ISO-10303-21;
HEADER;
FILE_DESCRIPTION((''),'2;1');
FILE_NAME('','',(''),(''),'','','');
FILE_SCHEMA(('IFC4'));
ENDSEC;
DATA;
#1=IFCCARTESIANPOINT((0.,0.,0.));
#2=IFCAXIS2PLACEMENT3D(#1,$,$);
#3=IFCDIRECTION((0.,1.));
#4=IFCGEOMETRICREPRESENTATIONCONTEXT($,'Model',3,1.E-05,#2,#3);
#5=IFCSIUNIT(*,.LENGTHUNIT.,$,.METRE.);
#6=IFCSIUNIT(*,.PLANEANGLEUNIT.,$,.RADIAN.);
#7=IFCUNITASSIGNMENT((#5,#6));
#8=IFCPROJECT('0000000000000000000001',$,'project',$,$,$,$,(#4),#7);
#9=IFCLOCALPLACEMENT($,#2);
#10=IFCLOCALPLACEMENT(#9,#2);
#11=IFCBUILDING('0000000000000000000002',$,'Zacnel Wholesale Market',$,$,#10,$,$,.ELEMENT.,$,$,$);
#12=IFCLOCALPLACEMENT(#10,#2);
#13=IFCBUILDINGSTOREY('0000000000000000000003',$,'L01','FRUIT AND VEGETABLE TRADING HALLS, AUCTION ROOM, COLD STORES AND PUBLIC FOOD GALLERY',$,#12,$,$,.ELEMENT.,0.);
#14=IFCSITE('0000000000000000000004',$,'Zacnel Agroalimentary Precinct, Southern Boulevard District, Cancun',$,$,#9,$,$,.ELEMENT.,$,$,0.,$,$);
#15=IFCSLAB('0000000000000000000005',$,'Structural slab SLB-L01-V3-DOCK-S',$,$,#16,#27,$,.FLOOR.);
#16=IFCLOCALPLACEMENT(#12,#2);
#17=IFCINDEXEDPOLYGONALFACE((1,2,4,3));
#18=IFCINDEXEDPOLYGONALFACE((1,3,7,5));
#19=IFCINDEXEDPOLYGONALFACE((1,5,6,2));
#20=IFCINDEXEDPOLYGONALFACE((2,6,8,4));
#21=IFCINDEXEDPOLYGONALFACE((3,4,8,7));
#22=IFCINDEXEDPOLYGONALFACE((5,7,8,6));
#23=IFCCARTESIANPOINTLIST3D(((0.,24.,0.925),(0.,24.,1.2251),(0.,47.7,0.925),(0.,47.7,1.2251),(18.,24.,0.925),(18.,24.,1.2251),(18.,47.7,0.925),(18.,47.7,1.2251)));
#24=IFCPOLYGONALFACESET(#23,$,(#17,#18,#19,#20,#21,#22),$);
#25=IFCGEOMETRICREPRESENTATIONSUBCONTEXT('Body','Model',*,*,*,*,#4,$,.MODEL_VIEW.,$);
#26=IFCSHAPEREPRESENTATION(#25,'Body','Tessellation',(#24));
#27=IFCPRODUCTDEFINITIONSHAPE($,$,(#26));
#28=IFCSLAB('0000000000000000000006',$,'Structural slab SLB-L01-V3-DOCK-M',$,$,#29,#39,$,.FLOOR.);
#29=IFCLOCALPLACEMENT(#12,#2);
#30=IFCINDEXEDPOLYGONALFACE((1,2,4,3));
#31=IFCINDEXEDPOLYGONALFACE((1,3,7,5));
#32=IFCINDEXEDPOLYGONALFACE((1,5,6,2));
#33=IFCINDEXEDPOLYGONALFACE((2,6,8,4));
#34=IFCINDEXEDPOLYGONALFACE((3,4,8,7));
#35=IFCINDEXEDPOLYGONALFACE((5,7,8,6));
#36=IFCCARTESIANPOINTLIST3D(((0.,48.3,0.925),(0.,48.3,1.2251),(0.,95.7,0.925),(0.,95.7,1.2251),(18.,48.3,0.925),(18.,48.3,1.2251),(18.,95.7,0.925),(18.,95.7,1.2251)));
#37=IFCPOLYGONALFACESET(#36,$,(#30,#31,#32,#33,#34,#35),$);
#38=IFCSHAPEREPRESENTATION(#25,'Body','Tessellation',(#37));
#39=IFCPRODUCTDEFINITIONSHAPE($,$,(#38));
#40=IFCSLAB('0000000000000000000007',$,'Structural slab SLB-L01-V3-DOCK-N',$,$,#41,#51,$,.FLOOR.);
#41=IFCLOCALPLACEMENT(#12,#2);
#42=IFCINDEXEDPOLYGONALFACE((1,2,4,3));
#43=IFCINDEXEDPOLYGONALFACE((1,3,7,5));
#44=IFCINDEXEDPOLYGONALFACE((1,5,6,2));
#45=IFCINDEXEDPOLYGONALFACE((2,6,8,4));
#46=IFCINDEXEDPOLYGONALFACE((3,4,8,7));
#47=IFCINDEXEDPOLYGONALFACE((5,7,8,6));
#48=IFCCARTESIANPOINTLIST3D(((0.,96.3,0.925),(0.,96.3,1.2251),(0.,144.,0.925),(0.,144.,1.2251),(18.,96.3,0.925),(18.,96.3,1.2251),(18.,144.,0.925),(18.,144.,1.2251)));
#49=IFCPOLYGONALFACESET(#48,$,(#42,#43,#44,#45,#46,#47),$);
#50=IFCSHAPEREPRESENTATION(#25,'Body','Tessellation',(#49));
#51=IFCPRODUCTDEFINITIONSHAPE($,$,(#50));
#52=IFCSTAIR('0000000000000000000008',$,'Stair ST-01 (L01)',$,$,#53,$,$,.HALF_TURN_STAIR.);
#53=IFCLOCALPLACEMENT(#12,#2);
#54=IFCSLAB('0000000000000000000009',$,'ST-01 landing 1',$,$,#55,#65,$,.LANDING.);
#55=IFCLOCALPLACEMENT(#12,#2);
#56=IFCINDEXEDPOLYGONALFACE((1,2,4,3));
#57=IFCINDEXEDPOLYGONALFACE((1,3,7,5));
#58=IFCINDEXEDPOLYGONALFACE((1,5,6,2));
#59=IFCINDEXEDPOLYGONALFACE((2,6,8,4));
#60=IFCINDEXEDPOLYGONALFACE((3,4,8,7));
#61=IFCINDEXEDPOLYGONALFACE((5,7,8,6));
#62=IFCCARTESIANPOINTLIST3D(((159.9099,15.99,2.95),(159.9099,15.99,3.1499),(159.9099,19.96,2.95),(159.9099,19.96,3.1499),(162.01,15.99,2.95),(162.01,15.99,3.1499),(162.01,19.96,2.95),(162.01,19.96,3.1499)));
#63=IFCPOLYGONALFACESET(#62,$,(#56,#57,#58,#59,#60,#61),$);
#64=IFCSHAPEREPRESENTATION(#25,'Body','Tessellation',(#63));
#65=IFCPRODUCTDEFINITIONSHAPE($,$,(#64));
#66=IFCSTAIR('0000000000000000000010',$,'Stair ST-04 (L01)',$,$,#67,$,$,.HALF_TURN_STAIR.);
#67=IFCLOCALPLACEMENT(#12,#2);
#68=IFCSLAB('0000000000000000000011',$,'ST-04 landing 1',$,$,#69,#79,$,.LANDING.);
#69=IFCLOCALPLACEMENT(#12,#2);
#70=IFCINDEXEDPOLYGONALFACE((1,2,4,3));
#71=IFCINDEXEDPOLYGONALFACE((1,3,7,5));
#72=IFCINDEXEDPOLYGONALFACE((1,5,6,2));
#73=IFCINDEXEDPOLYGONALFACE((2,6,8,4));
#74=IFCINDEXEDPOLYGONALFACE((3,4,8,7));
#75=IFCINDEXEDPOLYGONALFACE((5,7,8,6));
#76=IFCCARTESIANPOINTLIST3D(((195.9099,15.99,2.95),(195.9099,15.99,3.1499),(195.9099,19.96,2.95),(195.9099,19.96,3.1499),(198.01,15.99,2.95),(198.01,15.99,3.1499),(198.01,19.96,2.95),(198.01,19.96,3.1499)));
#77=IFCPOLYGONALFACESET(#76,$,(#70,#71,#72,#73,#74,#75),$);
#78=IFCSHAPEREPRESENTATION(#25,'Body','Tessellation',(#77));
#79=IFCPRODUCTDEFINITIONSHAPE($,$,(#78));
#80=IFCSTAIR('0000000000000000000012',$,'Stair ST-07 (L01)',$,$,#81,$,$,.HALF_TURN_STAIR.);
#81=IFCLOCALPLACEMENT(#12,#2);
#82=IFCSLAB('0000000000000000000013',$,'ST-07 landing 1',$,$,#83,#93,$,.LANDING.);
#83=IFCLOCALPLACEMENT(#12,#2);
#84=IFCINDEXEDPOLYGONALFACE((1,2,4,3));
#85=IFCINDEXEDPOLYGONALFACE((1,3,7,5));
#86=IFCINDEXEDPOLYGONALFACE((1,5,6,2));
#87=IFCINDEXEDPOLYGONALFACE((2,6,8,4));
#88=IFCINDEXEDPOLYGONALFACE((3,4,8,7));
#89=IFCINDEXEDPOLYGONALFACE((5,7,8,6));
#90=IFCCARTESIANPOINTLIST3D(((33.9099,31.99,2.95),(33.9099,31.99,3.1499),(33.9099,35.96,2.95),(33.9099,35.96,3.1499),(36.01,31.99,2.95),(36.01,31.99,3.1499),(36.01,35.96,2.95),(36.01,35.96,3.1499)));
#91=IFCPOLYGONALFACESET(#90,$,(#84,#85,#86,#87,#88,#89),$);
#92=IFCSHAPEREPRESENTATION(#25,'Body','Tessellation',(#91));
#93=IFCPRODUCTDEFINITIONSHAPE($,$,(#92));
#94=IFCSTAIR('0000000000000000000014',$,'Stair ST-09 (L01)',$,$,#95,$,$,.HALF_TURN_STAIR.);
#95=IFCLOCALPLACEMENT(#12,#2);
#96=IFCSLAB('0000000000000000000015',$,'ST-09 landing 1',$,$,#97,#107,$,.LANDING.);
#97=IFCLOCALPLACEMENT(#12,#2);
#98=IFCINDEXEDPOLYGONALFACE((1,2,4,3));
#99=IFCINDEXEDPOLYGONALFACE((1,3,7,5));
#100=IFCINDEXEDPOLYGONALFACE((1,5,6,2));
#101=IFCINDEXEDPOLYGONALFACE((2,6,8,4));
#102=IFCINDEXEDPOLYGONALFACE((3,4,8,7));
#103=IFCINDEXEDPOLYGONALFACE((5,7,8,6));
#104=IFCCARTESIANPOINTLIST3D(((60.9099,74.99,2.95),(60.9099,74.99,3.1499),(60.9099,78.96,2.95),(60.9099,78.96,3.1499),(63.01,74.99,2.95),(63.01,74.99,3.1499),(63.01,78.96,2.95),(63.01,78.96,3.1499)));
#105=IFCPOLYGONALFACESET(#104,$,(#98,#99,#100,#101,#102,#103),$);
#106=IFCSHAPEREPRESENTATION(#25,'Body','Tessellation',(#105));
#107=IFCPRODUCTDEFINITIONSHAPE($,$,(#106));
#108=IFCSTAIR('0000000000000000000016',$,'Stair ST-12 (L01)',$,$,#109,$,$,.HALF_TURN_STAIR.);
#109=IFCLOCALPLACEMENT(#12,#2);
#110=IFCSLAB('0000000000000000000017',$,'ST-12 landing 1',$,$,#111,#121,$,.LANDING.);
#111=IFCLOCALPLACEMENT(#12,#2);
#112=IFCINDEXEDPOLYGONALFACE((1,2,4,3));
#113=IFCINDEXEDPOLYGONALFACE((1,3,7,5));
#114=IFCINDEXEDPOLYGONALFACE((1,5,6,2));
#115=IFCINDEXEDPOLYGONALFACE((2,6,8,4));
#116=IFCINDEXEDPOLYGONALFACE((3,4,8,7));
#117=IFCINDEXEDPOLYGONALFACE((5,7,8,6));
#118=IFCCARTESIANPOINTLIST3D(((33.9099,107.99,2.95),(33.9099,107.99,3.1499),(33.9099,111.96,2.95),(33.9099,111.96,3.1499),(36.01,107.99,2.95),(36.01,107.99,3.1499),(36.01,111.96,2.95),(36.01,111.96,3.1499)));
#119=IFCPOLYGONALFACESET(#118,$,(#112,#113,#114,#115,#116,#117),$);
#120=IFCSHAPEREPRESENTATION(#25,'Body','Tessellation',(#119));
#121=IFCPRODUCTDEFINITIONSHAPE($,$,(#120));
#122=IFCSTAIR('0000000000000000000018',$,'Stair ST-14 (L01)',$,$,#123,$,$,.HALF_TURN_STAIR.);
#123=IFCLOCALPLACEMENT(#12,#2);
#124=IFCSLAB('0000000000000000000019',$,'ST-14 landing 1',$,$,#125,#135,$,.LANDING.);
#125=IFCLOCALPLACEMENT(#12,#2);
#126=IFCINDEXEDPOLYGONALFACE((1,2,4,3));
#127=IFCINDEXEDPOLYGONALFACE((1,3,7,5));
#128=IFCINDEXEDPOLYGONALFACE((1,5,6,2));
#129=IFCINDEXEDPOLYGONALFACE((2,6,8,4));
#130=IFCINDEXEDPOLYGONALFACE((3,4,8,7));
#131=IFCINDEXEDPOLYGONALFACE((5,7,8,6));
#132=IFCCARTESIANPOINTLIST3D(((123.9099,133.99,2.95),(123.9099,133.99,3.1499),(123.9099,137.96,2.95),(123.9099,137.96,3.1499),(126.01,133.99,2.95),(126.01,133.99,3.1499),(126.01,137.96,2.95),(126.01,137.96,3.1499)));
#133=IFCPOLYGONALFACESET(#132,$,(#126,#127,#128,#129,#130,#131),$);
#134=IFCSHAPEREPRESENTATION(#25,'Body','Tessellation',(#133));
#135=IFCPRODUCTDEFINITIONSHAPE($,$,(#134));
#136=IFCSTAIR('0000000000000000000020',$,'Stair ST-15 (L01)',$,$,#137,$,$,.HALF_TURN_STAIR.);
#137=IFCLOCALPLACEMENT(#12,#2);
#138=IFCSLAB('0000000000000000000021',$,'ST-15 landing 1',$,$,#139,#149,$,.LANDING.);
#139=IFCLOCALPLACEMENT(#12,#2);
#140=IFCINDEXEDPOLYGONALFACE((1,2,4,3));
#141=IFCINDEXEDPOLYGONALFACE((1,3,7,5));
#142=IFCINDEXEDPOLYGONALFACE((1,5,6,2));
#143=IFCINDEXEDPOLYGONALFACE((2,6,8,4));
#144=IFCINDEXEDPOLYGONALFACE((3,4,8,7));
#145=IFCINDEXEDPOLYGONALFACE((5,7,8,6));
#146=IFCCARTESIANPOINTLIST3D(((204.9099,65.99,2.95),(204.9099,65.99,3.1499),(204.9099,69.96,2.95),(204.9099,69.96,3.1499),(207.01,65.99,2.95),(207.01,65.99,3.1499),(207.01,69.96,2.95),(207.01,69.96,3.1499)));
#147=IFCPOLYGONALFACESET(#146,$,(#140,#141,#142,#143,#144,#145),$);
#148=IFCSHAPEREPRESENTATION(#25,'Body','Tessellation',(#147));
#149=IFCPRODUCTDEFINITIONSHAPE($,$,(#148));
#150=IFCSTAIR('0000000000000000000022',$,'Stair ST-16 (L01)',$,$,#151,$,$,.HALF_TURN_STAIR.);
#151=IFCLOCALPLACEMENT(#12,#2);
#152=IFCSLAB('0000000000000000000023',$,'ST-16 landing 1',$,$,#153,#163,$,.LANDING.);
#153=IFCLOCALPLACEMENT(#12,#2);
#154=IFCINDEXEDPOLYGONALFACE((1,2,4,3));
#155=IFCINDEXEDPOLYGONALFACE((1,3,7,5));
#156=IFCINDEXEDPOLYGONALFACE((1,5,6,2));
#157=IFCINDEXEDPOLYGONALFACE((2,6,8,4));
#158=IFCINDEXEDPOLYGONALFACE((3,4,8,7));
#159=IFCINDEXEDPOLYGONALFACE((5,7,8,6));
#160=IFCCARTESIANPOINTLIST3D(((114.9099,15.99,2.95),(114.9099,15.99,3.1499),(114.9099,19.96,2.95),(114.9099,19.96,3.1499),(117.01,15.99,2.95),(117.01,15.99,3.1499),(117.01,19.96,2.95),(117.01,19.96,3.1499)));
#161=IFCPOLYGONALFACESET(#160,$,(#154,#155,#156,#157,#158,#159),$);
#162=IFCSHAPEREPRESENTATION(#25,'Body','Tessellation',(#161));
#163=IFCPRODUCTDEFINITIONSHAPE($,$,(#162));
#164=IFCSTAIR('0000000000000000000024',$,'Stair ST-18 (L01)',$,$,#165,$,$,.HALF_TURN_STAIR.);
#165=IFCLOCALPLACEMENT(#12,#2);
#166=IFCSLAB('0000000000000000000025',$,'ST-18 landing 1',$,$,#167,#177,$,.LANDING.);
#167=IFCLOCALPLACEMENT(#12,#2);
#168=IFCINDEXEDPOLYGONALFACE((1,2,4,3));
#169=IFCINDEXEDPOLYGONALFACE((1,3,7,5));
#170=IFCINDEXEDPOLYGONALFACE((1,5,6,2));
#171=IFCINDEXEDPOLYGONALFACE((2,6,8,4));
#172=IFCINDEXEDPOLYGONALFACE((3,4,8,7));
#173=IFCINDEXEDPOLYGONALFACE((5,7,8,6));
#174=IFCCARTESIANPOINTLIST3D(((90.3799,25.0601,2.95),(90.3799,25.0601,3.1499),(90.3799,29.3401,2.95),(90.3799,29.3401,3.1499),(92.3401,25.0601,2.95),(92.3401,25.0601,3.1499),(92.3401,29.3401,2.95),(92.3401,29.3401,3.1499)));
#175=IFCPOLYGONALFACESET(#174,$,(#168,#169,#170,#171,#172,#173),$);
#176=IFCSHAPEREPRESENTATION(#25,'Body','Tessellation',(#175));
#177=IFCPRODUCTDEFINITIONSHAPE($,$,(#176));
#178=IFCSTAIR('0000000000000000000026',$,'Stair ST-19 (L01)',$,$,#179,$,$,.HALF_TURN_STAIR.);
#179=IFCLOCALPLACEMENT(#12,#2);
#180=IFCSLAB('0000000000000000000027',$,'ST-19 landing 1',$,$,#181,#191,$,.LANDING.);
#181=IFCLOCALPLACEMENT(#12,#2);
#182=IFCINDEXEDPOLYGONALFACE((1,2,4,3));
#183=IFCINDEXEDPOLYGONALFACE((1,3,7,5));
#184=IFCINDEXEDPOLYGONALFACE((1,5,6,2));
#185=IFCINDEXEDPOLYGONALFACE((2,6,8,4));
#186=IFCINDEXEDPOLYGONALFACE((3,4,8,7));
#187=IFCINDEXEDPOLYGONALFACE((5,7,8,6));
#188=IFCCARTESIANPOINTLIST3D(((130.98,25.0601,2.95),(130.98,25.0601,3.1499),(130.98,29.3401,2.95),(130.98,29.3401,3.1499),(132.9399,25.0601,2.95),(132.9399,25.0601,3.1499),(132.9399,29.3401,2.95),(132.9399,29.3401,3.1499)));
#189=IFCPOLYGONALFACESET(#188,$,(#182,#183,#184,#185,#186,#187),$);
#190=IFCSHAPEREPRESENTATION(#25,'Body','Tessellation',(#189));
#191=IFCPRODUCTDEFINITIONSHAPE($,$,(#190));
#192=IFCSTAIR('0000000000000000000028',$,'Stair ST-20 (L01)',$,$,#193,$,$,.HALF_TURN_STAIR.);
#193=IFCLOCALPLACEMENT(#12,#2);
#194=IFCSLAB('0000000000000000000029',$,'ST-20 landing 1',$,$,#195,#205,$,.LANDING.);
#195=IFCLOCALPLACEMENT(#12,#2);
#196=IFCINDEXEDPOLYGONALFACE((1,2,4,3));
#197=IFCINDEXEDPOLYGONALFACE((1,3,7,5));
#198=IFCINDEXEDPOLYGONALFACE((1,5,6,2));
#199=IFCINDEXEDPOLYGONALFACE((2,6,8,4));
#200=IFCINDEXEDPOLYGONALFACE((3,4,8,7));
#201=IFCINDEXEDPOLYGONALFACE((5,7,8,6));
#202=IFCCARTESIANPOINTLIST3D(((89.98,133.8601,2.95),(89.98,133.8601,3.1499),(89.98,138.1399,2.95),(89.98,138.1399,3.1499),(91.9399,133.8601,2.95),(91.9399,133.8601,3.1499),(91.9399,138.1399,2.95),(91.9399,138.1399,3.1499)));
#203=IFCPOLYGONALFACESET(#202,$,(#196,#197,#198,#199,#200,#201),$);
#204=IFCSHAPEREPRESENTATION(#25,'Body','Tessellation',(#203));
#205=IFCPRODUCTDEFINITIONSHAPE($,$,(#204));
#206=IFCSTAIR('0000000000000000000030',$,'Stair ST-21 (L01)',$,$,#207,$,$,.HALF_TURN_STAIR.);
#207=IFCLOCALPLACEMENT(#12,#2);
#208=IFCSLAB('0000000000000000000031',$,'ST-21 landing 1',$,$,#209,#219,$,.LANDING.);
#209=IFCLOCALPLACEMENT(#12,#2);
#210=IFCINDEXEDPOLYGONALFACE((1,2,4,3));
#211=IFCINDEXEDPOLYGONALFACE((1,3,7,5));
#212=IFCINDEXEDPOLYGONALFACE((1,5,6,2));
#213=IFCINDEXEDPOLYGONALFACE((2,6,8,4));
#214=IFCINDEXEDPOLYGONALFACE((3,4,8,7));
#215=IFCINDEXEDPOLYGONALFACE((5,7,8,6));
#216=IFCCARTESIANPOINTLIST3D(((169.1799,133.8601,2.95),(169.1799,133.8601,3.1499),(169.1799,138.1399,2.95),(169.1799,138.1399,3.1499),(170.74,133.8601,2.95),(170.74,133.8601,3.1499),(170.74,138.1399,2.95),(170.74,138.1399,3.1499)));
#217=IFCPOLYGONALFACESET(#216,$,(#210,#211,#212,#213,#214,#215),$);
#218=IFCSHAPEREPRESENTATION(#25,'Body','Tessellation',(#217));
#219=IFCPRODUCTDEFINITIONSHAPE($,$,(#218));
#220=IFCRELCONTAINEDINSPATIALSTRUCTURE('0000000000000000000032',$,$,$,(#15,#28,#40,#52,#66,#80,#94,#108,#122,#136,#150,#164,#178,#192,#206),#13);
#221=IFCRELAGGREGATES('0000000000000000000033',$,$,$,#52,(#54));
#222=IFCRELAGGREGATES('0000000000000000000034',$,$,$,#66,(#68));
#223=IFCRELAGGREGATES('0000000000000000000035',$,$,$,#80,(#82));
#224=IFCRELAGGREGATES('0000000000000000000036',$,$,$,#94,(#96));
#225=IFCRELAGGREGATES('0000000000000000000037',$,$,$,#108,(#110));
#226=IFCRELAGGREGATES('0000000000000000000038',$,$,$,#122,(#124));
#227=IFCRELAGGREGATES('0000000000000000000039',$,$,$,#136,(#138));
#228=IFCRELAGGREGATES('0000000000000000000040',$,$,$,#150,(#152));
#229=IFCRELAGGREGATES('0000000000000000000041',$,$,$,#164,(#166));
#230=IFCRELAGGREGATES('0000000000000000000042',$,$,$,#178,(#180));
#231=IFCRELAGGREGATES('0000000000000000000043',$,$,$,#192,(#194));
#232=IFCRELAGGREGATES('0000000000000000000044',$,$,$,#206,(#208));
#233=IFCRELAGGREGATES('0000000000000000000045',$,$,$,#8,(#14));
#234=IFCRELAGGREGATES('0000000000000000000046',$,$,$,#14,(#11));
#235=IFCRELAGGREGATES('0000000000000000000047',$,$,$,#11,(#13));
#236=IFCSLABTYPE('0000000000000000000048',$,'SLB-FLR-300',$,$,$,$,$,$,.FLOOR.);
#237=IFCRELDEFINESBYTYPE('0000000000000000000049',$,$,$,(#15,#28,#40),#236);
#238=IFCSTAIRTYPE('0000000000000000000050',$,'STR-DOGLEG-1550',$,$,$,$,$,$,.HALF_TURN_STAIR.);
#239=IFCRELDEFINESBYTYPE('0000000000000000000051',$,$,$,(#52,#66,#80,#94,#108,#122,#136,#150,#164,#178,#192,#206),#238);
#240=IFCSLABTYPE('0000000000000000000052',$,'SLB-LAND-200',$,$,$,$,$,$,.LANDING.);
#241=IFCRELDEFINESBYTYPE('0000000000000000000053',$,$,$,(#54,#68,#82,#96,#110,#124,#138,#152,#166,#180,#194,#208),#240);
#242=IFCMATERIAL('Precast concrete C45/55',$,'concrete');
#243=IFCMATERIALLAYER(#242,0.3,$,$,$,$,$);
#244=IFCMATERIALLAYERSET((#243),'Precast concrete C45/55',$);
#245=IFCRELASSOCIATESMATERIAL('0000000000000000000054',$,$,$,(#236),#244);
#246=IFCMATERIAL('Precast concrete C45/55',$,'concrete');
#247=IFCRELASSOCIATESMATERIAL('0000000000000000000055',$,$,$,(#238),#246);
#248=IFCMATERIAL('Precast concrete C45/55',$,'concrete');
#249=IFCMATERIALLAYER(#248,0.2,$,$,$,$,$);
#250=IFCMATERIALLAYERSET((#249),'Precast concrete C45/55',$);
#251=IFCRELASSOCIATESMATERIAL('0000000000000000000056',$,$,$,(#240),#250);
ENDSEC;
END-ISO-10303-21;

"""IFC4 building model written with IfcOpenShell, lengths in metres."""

from ifc_helpers import new_model, si_unit, direction, frame, origin, place, context, subcontext, project, spatial, polyline, outline, extrude, material, layer, layer_set, type_object, element, aggregate, save


model = new_model("IFC4")

# Units and contexts
model_context = context("Model", 3, precision=1e-05, world=origin(), true_north=direction((0.0, 1.0)))
body_context = subcontext(model_context, "Body", "Model", "MODEL_VIEW")
ifc_project = project(units=[si_unit("LENGTHUNIT", "METRE"), si_unit("PLANEANGLEUNIT", "RADIAN")], contexts=[model_context])

# Site, building, storey
site_placement = place(None, origin())
site = spatial("IfcSite", under=ifc_project, at=site_placement, Name="Zacnel Agroalimentary Precinct, Southern Boulevard District, Cancun", CompositionType="ELEMENT", RefElevation=0.0)
building_placement = place(site_placement, origin())
building = spatial("IfcBuilding", under=site, at=building_placement, Name="Zacnel Wholesale Market", CompositionType="ELEMENT")
storey_placement = place(building_placement, origin())
storey = spatial("IfcBuildingStorey", under=building, at=storey_placement, Name="L01", Description="FRUIT AND VEGETABLE TRADING HALLS, AUCTION ROOM, COLD STORES AND PUBLIC FOOD GALLERY", CompositionType="ELEMENT", Elevation=0.0)

# Slabs
ifc_material_1 = material(Name="Precast concrete C45/55", Category="concrete")
ifc_layer_1 = layer(ifc_material_1, 0.3)
ifc_layer_set_1 = layer_set([ifc_layer_1], Name="Precast concrete C45/55")
slab_type_1 = type_object("IfcSlabType", Name="SLB-FLR-300", PredefinedType="FLOOR", material=ifc_layer_set_1)
slab_1_placement = place(storey_placement, frame((0.0, 0.0, 0.925)))
element("IfcSlab", 1, at=slab_1_placement, inside=storey, type_object=slab_type_1, Name="Structural slab SLB-L01-V3-DOCK-S", PredefinedType="FLOOR", context=body_context, shape_type="SweptSolid", body=[
    extrude(outline(polyline([(18.0, 24.0), (18.0, 47.7), (0.0, 47.7), (0.0, 24.0), (18.0, 24.0)])), origin(), (0.0, 0.0, 1.0), 0.3),
])
slab_2_placement = place(storey_placement, frame((0.0, 0.0, 0.925)))
element("IfcSlab", 2, at=slab_2_placement, inside=storey, type_object=slab_type_1, Name="Structural slab SLB-L01-V3-DOCK-M", PredefinedType="FLOOR", context=body_context, shape_type="SweptSolid", body=[
    extrude(outline(polyline([(18.0, 48.3), (18.0, 95.7), (0.0, 95.7), (0.0, 48.3), (18.0, 48.3)])), origin(), (0.0, 0.0, 1.0), 0.3),
])
slab_3_placement = place(storey_placement, frame((0.0, 0.0, 0.925)))
element("IfcSlab", 3, at=slab_3_placement, inside=storey, type_object=slab_type_1, Name="Structural slab SLB-L01-V3-DOCK-N", PredefinedType="FLOOR", context=body_context, shape_type="SweptSolid", body=[
    extrude(outline(polyline([(18.0, 96.3), (18.0, 144.0), (0.0, 144.0), (0.0, 96.3), (18.0, 96.3)])), origin(), (0.0, 0.0, 1.0), 0.3),
])

# Stairs, slabs
ifc_material_2 = material(Name="Precast concrete C45/55", Category="concrete")
stair_type = type_object("IfcStairType", Name="STR-DOGLEG-1550", PredefinedType="HALF_TURN_STAIR", material=ifc_material_2)
stair_1_placement = place(storey_placement, origin())
stair_1 = element("IfcStair", 4, at=stair_1_placement, inside=storey, type_object=stair_type, Name="Stair ST-01 (L01)", PredefinedType="HALF_TURN_STAIR")
ifc_material_3 = material(Name="Precast concrete C45/55", Category="concrete")
ifc_layer_2 = layer(ifc_material_3, 0.2)
ifc_layer_set_2 = layer_set([ifc_layer_2], Name="Precast concrete C45/55")
slab_type_2 = type_object("IfcSlabType", Name="SLB-LAND-200", PredefinedType="LANDING", material=ifc_layer_set_2)
slab_4_placement = place(storey_placement, frame((0.0, 0.0, 2.95)))
slab_4 = element("IfcSlab", 5, at=slab_4_placement, type_object=slab_type_2, Name="ST-01 landing 1", PredefinedType="LANDING", context=body_context, shape_type="SweptSolid", body=[
    extrude(outline(polyline([(159.9099, 15.99), (162.01, 15.99), (162.01, 19.96), (159.9099, 19.96), (159.9099, 15.99)])), origin(), (0.0, 0.0, 1.0), 0.2),
])
aggregate(stair_1, [slab_4])
stair_2_placement = place(storey_placement, origin())
stair_2 = element("IfcStair", 6, at=stair_2_placement, inside=storey, type_object=stair_type, Name="Stair ST-04 (L01)", PredefinedType="HALF_TURN_STAIR")
slab_5_placement = place(storey_placement, frame((0.0, 0.0, 2.95)))
slab_5 = element("IfcSlab", 7, at=slab_5_placement, type_object=slab_type_2, Name="ST-04 landing 1", PredefinedType="LANDING", context=body_context, shape_type="SweptSolid", body=[
    extrude(outline(polyline([(195.9099, 15.99), (198.01, 15.99), (198.01, 19.96), (195.9099, 19.96), (195.9099, 15.99)])), origin(), (0.0, 0.0, 1.0), 0.2),
])
aggregate(stair_2, [slab_5])
stair_3_placement = place(storey_placement, origin())
stair_3 = element("IfcStair", 8, at=stair_3_placement, inside=storey, type_object=stair_type, Name="Stair ST-07 (L01)", PredefinedType="HALF_TURN_STAIR")
slab_6_placement = place(storey_placement, frame((0.0, 0.0, 2.95)))
slab_6 = element("IfcSlab", 9, at=slab_6_placement, type_object=slab_type_2, Name="ST-07 landing 1", PredefinedType="LANDING", context=body_context, shape_type="SweptSolid", body=[
    extrude(outline(polyline([(33.9099, 31.99), (36.01, 31.99), (36.01, 35.96), (33.9099, 35.96), (33.9099, 31.99)])), origin(), (0.0, 0.0, 1.0), 0.2),
])
aggregate(stair_3, [slab_6])
stair_4_placement = place(storey_placement, origin())
stair_4 = element("IfcStair", 10, at=stair_4_placement, inside=storey, type_object=stair_type, Name="Stair ST-09 (L01)", PredefinedType="HALF_TURN_STAIR")
slab_7_placement = place(storey_placement, frame((0.0, 0.0, 2.95)))
slab_7 = element("IfcSlab", 11, at=slab_7_placement, type_object=slab_type_2, Name="ST-09 landing 1", PredefinedType="LANDING", context=body_context, shape_type="SweptSolid", body=[
    extrude(outline(polyline([(60.9099, 74.99), (63.01, 74.99), (63.01, 78.96), (60.9099, 78.96), (60.9099, 74.99)])), origin(), (0.0, 0.0, 1.0), 0.2),
])
aggregate(stair_4, [slab_7])
stair_5_placement = place(storey_placement, origin())
stair_5 = element("IfcStair", 12, at=stair_5_placement, inside=storey, type_object=stair_type, Name="Stair ST-12 (L01)", PredefinedType="HALF_TURN_STAIR")
slab_8_placement = place(storey_placement, frame((0.0, 0.0, 2.95)))
slab_8 = element("IfcSlab", 13, at=slab_8_placement, type_object=slab_type_2, Name="ST-12 landing 1", PredefinedType="LANDING", context=body_context, shape_type="SweptSolid", body=[
    extrude(outline(polyline([(33.9099, 107.99), (36.01, 107.99), (36.01, 111.96), (33.9099, 111.96), (33.9099, 107.99)])), origin(), (0.0, 0.0, 1.0), 0.2),
])
aggregate(stair_5, [slab_8])
stair_6_placement = place(storey_placement, origin())
stair_6 = element("IfcStair", 14, at=stair_6_placement, inside=storey, type_object=stair_type, Name="Stair ST-14 (L01)", PredefinedType="HALF_TURN_STAIR")
slab_9_placement = place(storey_placement, frame((0.0, 0.0, 2.95)))
slab_9 = element("IfcSlab", 15, at=slab_9_placement, type_object=slab_type_2, Name="ST-14 landing 1", PredefinedType="LANDING", context=body_context, shape_type="SweptSolid", body=[
    extrude(outline(polyline([(123.9099, 133.99), (126.01, 133.99), (126.01, 137.96), (123.9099, 137.96), (123.9099, 133.99)])), origin(), (0.0, 0.0, 1.0), 0.2),
])
aggregate(stair_6, [slab_9])
stair_7_placement = place(storey_placement, origin())
stair_7 = element("IfcStair", 16, at=stair_7_placement, inside=storey, type_object=stair_type, Name="Stair ST-15 (L01)", PredefinedType="HALF_TURN_STAIR")
slab_10_placement = place(storey_placement, frame((0.0, 0.0, 2.95)))
slab_10 = element("IfcSlab", 17, at=slab_10_placement, type_object=slab_type_2, Name="ST-15 landing 1", PredefinedType="LANDING", context=body_context, shape_type="SweptSolid", body=[
    extrude(outline(polyline([(204.9099, 65.99), (207.01, 65.99), (207.01, 69.96), (204.9099, 69.96), (204.9099, 65.99)])), origin(), (0.0, 0.0, 1.0), 0.2),
])
aggregate(stair_7, [slab_10])
stair_8_placement = place(storey_placement, origin())
stair_8 = element("IfcStair", 18, at=stair_8_placement, inside=storey, type_object=stair_type, Name="Stair ST-16 (L01)", PredefinedType="HALF_TURN_STAIR")
slab_11_placement = place(storey_placement, frame((0.0, 0.0, 2.95)))
slab_11 = element("IfcSlab", 19, at=slab_11_placement, type_object=slab_type_2, Name="ST-16 landing 1", PredefinedType="LANDING", context=body_context, shape_type="SweptSolid", body=[
    extrude(outline(polyline([(114.9099, 15.99), (117.01, 15.99), (117.01, 19.96), (114.9099, 19.96), (114.9099, 15.99)])), origin(), (0.0, 0.0, 1.0), 0.2),
])
aggregate(stair_8, [slab_11])
stair_9_placement = place(storey_placement, origin())
stair_9 = element("IfcStair", 20, at=stair_9_placement, inside=storey, type_object=stair_type, Name="Stair ST-18 (L01)", PredefinedType="HALF_TURN_STAIR")
slab_12_placement = place(storey_placement, frame((0.0, 0.0, 2.95)))
slab_12 = element("IfcSlab", 21, at=slab_12_placement, type_object=slab_type_2, Name="ST-18 landing 1", PredefinedType="LANDING", context=body_context, shape_type="SweptSolid", body=[
    extrude(outline(polyline([(90.3799, 25.0601), (92.3401, 25.0601), (92.3401, 29.3401), (90.3799, 29.3401), (90.3799, 25.0601)])), origin(), (0.0, 0.0, 1.0), 0.2),
])
aggregate(stair_9, [slab_12])
stair_10_placement = place(storey_placement, origin())
stair_10 = element("IfcStair", 22, at=stair_10_placement, inside=storey, type_object=stair_type, Name="Stair ST-19 (L01)", PredefinedType="HALF_TURN_STAIR")
slab_13_placement = place(storey_placement, frame((0.0, 0.0, 2.95)))
slab_13 = element("IfcSlab", 23, at=slab_13_placement, type_object=slab_type_2, Name="ST-19 landing 1", PredefinedType="LANDING", context=body_context, shape_type="SweptSolid", body=[
    extrude(outline(polyline([(130.98, 25.0601), (132.9399, 25.0601), (132.9399, 29.3401), (130.98, 29.3401), (130.98, 25.0601)])), origin(), (0.0, 0.0, 1.0), 0.2),
])
aggregate(stair_10, [slab_13])
stair_11_placement = place(storey_placement, origin())
stair_11 = element("IfcStair", 24, at=stair_11_placement, inside=storey, type_object=stair_type, Name="Stair ST-20 (L01)", PredefinedType="HALF_TURN_STAIR")
slab_14_placement = place(storey_placement, frame((0.0, 0.0, 2.95)))
slab_14 = element("IfcSlab", 25, at=slab_14_placement, type_object=slab_type_2, Name="ST-20 landing 1", PredefinedType="LANDING", context=body_context, shape_type="SweptSolid", body=[
    extrude(outline(polyline([(89.98, 133.8601), (91.9399, 133.8601), (91.9399, 138.1399), (89.98, 138.1399), (89.98, 133.8601)])), origin(), (0.0, 0.0, 1.0), 0.2),
])
aggregate(stair_11, [slab_14])
stair_12_placement = place(storey_placement, origin())
stair_12 = element("IfcStair", 26, at=stair_12_placement, inside=storey, type_object=stair_type, Name="Stair ST-21 (L01)", PredefinedType="HALF_TURN_STAIR")
slab_15_placement = place(storey_placement, frame((0.0, 0.0, 2.95)))
slab_15 = element("IfcSlab", 27, at=slab_15_placement, type_object=slab_type_2, Name="ST-21 landing 1", PredefinedType="LANDING", context=body_context, shape_type="SweptSolid", body=[
    extrude(outline(polyline([(169.1799, 133.8601), (170.74, 133.8601), (170.74, 138.1399), (169.1799, 138.1399), (169.1799, 133.8601)])), origin(), (0.0, 0.0, 1.0), 0.2),
])
aggregate(stair_12, [slab_15])

save(model, "model.ifc")
